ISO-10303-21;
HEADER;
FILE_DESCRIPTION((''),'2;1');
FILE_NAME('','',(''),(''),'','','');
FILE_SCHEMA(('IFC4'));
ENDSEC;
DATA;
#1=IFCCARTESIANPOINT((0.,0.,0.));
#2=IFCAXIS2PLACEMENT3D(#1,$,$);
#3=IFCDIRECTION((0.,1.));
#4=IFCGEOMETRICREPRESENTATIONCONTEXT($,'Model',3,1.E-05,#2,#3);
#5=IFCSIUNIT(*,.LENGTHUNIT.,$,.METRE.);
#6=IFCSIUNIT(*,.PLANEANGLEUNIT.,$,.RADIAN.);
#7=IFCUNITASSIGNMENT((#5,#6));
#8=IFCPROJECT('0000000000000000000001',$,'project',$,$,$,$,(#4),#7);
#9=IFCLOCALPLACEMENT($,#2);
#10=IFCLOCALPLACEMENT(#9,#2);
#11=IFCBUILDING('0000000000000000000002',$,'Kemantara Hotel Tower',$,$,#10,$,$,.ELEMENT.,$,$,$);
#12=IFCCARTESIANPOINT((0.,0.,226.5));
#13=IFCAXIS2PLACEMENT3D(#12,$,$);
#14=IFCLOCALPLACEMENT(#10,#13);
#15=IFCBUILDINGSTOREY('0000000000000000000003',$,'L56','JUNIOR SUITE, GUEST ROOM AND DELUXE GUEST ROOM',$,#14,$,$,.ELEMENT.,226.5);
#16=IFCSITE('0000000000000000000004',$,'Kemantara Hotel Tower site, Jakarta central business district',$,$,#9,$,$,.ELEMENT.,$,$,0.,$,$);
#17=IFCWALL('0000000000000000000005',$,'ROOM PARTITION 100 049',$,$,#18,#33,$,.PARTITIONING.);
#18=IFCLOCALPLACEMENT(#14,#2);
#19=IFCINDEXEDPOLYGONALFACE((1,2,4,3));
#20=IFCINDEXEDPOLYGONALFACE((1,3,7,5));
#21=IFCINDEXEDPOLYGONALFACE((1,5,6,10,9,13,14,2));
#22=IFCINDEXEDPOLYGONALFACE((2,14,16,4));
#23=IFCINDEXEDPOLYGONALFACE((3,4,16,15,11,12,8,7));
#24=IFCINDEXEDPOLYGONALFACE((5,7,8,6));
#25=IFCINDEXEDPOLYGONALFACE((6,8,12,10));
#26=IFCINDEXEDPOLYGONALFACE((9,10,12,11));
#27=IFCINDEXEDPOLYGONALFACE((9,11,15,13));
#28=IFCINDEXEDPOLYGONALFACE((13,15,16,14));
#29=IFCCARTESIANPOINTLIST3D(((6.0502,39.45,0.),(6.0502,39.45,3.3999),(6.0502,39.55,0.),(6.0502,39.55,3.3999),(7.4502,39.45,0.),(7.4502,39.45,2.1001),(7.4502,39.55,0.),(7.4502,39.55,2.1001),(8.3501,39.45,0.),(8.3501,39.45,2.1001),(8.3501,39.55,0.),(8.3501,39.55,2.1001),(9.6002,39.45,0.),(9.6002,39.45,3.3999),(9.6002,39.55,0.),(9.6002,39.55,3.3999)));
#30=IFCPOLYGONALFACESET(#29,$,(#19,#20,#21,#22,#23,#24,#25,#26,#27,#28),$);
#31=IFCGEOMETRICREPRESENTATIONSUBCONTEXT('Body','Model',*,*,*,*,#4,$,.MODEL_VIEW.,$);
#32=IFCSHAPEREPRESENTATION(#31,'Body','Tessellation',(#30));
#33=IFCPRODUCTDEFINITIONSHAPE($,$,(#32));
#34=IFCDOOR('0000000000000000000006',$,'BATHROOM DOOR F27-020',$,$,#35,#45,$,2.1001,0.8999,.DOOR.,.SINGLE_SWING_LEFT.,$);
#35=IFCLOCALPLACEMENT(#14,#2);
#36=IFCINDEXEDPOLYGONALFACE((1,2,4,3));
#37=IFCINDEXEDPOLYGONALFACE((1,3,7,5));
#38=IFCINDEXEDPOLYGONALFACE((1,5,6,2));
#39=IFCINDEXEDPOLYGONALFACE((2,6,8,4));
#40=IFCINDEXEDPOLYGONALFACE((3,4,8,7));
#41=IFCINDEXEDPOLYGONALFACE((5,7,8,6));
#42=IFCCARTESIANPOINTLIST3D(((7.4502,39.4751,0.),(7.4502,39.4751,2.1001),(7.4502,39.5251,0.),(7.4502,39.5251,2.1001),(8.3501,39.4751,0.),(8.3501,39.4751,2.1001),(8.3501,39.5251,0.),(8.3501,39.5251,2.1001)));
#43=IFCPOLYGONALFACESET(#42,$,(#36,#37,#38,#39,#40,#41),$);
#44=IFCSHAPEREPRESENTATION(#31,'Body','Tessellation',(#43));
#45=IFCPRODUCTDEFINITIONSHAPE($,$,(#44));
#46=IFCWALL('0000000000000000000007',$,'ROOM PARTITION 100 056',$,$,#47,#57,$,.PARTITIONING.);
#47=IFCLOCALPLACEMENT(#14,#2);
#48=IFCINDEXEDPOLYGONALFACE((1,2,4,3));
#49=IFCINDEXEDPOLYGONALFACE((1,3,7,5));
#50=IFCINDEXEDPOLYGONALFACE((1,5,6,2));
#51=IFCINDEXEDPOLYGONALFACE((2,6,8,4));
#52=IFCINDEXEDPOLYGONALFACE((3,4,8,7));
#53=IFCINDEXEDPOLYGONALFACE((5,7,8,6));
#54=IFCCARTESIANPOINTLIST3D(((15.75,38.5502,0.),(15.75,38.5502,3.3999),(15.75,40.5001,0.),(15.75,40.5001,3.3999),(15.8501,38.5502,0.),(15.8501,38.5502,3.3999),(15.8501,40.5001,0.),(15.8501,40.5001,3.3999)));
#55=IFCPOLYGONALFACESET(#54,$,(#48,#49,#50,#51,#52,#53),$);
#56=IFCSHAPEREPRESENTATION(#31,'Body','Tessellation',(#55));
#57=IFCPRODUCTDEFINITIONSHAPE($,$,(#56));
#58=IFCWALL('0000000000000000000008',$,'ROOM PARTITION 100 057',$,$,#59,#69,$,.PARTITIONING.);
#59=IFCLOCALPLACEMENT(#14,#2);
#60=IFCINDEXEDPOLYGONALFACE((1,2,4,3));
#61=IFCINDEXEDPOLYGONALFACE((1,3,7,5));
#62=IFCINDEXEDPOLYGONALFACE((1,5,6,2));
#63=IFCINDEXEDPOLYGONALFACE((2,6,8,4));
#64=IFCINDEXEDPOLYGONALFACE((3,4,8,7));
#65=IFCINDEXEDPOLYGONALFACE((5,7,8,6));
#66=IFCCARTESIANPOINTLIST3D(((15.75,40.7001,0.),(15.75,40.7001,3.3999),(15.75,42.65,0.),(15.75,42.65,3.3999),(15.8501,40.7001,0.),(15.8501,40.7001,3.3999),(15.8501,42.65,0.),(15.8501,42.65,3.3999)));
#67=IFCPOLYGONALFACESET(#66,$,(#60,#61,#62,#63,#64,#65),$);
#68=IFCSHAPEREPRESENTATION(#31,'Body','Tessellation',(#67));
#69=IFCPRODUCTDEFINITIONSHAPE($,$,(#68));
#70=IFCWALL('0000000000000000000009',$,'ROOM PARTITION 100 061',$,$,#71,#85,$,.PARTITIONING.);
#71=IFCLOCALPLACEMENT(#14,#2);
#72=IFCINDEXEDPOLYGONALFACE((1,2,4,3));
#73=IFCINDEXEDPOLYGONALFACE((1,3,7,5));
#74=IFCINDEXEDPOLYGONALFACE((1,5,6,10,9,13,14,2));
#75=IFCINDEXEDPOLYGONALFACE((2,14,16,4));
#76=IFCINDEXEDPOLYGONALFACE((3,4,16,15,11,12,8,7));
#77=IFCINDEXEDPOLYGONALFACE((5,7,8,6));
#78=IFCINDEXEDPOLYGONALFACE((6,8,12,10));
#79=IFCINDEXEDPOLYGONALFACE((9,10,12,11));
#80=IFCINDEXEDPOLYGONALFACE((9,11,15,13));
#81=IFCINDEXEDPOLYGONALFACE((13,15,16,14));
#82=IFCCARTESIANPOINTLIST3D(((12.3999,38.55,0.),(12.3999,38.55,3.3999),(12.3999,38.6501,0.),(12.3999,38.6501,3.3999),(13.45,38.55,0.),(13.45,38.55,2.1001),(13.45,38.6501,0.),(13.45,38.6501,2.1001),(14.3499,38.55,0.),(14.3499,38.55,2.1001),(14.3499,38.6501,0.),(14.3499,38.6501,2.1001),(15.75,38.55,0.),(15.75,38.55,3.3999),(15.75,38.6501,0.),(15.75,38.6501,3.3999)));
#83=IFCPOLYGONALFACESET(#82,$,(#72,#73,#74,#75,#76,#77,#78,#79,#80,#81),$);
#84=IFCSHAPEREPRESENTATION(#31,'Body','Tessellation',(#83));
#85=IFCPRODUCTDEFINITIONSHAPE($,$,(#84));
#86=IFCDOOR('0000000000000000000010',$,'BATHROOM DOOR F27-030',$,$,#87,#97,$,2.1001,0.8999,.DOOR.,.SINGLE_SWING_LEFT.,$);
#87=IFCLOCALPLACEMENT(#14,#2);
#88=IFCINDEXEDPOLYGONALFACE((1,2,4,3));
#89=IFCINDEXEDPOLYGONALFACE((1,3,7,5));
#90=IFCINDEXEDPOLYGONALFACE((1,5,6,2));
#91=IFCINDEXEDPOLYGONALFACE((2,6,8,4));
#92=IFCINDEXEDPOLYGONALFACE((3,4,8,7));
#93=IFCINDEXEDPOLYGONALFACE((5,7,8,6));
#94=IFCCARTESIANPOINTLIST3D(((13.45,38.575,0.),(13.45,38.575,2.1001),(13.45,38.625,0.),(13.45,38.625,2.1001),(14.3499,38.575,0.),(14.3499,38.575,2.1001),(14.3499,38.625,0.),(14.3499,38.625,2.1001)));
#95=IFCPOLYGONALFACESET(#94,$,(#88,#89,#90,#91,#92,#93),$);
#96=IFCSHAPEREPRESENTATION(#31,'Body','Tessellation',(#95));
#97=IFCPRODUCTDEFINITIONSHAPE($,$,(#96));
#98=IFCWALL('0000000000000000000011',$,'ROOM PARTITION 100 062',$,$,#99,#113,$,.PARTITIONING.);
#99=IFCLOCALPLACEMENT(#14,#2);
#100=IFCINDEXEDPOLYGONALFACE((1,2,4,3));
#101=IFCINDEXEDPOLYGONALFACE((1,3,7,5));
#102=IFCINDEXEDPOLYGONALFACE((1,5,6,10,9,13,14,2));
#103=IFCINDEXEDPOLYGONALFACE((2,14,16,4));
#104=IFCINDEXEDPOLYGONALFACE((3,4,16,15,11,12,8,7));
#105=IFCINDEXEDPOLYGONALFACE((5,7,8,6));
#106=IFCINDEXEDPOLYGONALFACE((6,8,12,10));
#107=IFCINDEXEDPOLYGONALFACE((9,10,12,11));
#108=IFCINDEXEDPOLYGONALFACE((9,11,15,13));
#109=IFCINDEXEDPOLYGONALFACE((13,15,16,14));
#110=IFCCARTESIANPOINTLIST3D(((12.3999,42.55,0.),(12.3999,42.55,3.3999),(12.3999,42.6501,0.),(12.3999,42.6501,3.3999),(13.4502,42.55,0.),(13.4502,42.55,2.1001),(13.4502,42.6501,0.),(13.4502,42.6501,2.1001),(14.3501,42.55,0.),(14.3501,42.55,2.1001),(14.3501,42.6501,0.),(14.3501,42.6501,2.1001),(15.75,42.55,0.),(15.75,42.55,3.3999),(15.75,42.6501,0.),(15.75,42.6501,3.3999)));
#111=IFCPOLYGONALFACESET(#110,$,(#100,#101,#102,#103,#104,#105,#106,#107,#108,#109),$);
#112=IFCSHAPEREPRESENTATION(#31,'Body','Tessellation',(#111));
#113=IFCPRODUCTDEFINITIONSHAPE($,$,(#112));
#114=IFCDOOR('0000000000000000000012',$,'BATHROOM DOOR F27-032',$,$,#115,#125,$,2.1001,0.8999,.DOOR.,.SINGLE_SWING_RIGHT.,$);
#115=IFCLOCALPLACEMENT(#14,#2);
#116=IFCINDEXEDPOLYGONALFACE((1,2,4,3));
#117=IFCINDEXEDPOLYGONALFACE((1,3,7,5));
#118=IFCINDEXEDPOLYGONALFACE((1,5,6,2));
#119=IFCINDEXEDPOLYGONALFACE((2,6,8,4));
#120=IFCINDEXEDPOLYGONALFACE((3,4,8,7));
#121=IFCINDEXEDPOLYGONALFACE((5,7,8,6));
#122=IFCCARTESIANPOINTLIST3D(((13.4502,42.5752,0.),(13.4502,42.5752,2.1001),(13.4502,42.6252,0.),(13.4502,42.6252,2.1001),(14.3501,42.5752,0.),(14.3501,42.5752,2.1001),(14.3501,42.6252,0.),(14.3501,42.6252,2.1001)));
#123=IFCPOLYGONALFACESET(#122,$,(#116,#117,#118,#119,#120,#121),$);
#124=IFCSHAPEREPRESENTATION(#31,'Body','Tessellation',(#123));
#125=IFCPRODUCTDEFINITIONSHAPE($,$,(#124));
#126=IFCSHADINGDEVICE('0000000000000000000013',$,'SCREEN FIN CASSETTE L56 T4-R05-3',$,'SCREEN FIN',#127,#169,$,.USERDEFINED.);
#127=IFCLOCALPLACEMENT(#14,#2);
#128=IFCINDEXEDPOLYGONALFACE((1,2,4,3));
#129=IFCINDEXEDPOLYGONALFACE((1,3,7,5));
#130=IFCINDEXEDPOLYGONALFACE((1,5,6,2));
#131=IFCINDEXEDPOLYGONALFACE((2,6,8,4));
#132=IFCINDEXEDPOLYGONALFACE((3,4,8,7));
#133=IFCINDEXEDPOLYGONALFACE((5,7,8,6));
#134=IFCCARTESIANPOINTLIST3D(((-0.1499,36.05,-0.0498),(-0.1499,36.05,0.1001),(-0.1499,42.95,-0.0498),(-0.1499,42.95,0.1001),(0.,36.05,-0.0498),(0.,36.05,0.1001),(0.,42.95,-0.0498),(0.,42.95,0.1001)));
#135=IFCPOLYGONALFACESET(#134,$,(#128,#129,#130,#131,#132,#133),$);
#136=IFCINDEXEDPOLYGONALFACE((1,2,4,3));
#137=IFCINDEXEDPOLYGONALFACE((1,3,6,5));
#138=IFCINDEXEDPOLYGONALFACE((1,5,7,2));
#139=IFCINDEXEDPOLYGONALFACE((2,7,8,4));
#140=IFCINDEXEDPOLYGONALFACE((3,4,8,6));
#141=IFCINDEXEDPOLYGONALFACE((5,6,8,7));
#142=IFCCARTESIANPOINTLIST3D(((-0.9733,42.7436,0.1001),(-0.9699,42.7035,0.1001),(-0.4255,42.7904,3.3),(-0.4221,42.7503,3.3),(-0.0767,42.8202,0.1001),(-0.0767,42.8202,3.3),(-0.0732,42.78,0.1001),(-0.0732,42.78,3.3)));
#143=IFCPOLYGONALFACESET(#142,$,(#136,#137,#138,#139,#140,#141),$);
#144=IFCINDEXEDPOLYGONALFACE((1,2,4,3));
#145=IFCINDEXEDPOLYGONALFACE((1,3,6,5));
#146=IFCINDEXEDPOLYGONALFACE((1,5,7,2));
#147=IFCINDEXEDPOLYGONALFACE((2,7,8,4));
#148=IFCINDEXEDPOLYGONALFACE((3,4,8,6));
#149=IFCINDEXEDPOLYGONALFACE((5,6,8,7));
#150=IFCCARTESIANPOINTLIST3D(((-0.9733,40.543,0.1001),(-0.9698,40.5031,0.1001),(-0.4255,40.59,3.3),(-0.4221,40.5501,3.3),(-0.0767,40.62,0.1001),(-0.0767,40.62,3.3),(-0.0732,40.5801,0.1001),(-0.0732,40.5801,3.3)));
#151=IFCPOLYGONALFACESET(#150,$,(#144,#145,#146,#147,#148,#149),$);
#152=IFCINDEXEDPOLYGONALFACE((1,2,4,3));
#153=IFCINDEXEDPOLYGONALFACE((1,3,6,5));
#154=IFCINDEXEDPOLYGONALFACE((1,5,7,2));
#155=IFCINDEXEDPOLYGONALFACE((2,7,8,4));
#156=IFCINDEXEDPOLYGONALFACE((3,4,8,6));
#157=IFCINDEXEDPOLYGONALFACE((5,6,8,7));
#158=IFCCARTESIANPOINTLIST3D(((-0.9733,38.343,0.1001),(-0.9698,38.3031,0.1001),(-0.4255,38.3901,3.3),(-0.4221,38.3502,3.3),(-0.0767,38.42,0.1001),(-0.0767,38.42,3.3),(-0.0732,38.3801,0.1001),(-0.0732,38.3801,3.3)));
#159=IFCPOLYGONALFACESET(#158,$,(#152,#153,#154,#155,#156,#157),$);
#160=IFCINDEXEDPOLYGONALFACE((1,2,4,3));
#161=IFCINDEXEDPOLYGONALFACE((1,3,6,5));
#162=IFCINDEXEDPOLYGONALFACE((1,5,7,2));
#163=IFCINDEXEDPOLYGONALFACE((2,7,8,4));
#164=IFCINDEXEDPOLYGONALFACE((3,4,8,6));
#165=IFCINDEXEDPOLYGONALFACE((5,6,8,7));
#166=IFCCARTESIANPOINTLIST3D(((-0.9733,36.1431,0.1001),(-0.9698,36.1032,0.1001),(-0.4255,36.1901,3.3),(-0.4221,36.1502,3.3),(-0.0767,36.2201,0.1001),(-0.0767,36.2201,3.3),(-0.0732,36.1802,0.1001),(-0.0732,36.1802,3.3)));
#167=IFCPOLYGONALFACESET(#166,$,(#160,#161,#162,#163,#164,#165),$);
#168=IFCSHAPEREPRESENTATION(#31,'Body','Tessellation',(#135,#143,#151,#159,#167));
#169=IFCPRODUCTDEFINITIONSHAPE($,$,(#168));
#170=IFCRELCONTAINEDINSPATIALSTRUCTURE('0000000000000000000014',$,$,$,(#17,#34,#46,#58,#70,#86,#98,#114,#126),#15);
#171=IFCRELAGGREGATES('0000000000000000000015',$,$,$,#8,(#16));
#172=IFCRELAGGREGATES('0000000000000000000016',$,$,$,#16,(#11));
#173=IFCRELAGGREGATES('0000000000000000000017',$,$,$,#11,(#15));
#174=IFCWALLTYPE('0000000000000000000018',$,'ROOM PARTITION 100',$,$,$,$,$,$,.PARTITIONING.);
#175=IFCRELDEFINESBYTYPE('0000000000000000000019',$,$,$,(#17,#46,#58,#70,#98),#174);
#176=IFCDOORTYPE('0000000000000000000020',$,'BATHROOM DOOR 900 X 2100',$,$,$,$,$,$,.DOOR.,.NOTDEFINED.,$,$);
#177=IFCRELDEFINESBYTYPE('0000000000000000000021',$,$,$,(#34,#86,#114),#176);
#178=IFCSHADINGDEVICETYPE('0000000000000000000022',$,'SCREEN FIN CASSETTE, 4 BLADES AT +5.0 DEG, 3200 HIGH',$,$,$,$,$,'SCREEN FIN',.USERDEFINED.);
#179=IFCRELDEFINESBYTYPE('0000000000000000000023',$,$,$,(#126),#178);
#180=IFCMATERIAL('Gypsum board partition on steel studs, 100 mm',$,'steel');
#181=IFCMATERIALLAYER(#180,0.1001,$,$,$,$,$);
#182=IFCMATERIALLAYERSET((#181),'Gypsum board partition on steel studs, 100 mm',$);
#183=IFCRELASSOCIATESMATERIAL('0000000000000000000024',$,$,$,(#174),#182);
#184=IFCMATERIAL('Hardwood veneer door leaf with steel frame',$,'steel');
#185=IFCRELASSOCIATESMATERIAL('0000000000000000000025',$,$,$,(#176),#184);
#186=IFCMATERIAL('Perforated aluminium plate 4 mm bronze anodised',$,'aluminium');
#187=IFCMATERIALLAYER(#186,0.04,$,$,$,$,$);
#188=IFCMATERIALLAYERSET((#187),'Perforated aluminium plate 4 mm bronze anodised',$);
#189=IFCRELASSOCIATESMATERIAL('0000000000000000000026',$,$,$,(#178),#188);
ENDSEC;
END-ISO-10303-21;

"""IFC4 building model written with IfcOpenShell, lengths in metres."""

from ifc_helpers import new_model, si_unit, direction, frame, frame_2d, origin, origin_2d, place, context, subcontext, project, spatial, polyline, rectangle, outline, extrude, source, transform, mapped, material, layer, layer_set, type_object, element, fill, save


model = new_model("IFC4")

# Units and contexts
model_context = context("Model", 3, precision=1e-05, world=origin(), true_north=direction((0.0, 1.0)))
body_context = subcontext(model_context, "Body", "Model", "MODEL_VIEW")
ifc_project = project(units=[si_unit("LENGTHUNIT", "METRE"), si_unit("PLANEANGLEUNIT", "RADIAN")], contexts=[model_context])

# Site, building, storey
site_placement = place(None, origin())
site = spatial("IfcSite", under=ifc_project, at=site_placement, Name="Kemantara Hotel Tower site, Jakarta central business district", CompositionType="ELEMENT", RefElevation=0.0)
building_placement = place(site_placement, origin())
building = spatial("IfcBuilding", under=site, at=building_placement, Name="Kemantara Hotel Tower", CompositionType="ELEMENT")
storey_placement = place(building_placement, frame((0.0, 0.0, 226.5)))
storey = spatial("IfcBuildingStorey", under=building, at=storey_placement, Name="L56", Description="JUNIOR SUITE, GUEST ROOM AND DELUXE GUEST ROOM", CompositionType="ELEMENT", Elevation=226.5)

# Shared definitions
ifc_material_1 = material(Name="Hardwood veneer door leaf with steel frame", Category="steel")

# Shared definitions
ifc_material_2 = material(Name="Gypsum board partition on steel studs, 100 mm", Category="steel")
ifc_layer_1 = layer(ifc_material_2, 0.1001)
ifc_layer_set_1 = layer_set([ifc_layer_1], Name="Gypsum board partition on steel studs, 100 mm")
wall_type_1 = type_object("IfcWallType", Name="ROOM PARTITION 100", PredefinedType="PARTITIONING", material=ifc_layer_set_1)

# Wall, opening, door
wall_1_placement = place(storey_placement, frame((9.6001, 39.5, 0.0), z_axis=(0.0, 0.0, 1.0), x_axis=(-1.0, 0.0, 0.0)))
wall_1 = element("IfcWall", 1, at=wall_1_placement, inside=storey, type_object=wall_type_1, Name="ROOM PARTITION 100 049", PredefinedType="PARTITIONING", context=body_context, shape_type="SweptSolid", body=[
    extrude(rectangle(XDim=3.55, YDim=0.1001, at=frame_2d((1.7749, 0.0))), origin(), (0.0, 0.0, 1.0), 3.3999),
])
opening_1_placement = place(wall_1_placement, frame((1.25, 0.0, 0.0)))
opening_1 = element("IfcOpeningElement", 2, at=opening_1_placement, cuts=wall_1, PredefinedType="OPENING", context=body_context, shape_type="SweptSolid", body=[
    extrude(rectangle(XDim=0.8999, YDim=2.1001, at=frame_2d((0.45, 1.05))), frame((0.0, 0.0601, 0.0), z_axis=(0.0, -1.0, 0.0), x_axis=(1.0, 0.0, 0.0)), (0.0, 0.0, 1.0), 0.1201),
])
door_type_1 = type_object("IfcDoorType", Name="BATHROOM DOOR 900 X 2100", OperationType="NOTDEFINED", PredefinedType="DOOR", material=ifc_material_1)
door_1_placement = place(opening_1_placement, origin())
door_1 = element("IfcDoor", 3, at=door_1_placement, inside=storey, type_object=door_type_1, Name="BATHROOM DOOR F27-020", OperationType="SINGLE_SWING_LEFT", OverallHeight=2.1001, OverallWidth=0.8999, PredefinedType="DOOR", context=body_context, shape_type="SweptSolid", body=[
    extrude(rectangle(XDim=0.8999, YDim=2.1001, at=frame_2d((0.45, 1.05))), frame((0.0, 0.0249, 0.0), z_axis=(0.0, -1.0, 0.0), x_axis=(1.0, 0.0, 0.0)), (0.0, 0.0, 1.0), 0.05),
])
fill(opening_1, door_1)

# Walls
for number, where, z_axis, x_axis, name in (
    (4, (15.8, 38.55, 0.0), (0.0, 0.0, 1.0), (0.0, 1.0, 0.0), "ROOM PARTITION 100 056"),
    (5, (15.8, 40.7, 0.0), (0.0, 0.0, 1.0), (0.0, 1.0, 0.0), "ROOM PARTITION 100 057"),
):
    element("IfcWall", number, at=place(storey_placement, frame(where, z_axis=z_axis, x_axis=x_axis)), inside=storey, type_object=wall_type_1, Name=name, PredefinedType="PARTITIONING", context=body_context, shape_type="SweptSolid", body=[
        extrude(rectangle(XDim=1.95, YDim=0.1001, at=frame_2d((0.9751, 0.0))), origin(), (0.0, 0.0, 1.0), 3.3999),
    ])

# Walls, openings, doors
wall_2_placement = place(storey_placement, frame((12.3999, 38.6001, 0.0), z_axis=(0.0, 0.0, 1.0), x_axis=(1.0, 0.0, 0.0)))
wall_2 = element("IfcWall", 6, at=wall_2_placement, inside=storey, type_object=wall_type_1, Name="ROOM PARTITION 100 061", PredefinedType="PARTITIONING", context=body_context, shape_type="SweptSolid", body=[
    extrude(rectangle(XDim=3.3501, YDim=0.1001, at=frame_2d((1.675, 0.0))), origin(), (0.0, 0.0, 1.0), 3.3999),
])
opening_2_placement = place(wall_2_placement, frame((1.05, 0.0, 0.0)))
opening_2 = element("IfcOpeningElement", 7, at=opening_2_placement, cuts=wall_2, PredefinedType="OPENING", context=body_context, shape_type="SweptSolid", body=[
    extrude(rectangle(XDim=0.8999, YDim=2.1001, at=frame_2d((0.45, 1.05))), frame((0.0, 0.0601, 0.0), z_axis=(0.0, -1.0, 0.0), x_axis=(1.0, 0.0, 0.0)), (0.0, 0.0, 1.0), 0.1201),
])
door_2_placement = place(opening_2_placement, origin())
door_2 = element("IfcDoor", 8, at=door_2_placement, inside=storey, type_object=door_type_1, Name="BATHROOM DOOR F27-030", OperationType="SINGLE_SWING_LEFT", OverallHeight=2.1001, OverallWidth=0.8999, PredefinedType="DOOR", context=body_context, shape_type="SweptSolid", body=[
    extrude(rectangle(XDim=0.8999, YDim=2.1001, at=frame_2d((0.45, 1.05))), frame((0.0, 0.0249, 0.0), z_axis=(0.0, -1.0, 0.0), x_axis=(1.0, 0.0, 0.0)), (0.0, 0.0, 1.0), 0.05),
])
fill(opening_2, door_2)
wall_3_placement = place(storey_placement, frame((15.75, 42.6001, 0.0), z_axis=(0.0, 0.0, 1.0), x_axis=(-1.0, 0.0, 0.0)))
wall_3 = element("IfcWall", 9, at=wall_3_placement, inside=storey, type_object=wall_type_1, Name="ROOM PARTITION 100 062", PredefinedType="PARTITIONING", context=body_context, shape_type="SweptSolid", body=[
    extrude(rectangle(XDim=3.3501, YDim=0.1001, at=frame_2d((1.675, 0.0))), origin(), (0.0, 0.0, 1.0), 3.3999),
])
opening_3_placement = place(wall_3_placement, frame((1.3999, 0.0, 0.0)))
opening_3 = element("IfcOpeningElement", 10, at=opening_3_placement, cuts=wall_3, PredefinedType="OPENING", context=body_context, shape_type="SweptSolid", body=[
    extrude(rectangle(XDim=0.8999, YDim=2.1001, at=frame_2d((0.45, 1.05))), frame((0.0, 0.0601, 0.0), z_axis=(0.0, -1.0, 0.0), x_axis=(1.0, 0.0, 0.0)), (0.0, 0.0, 1.0), 0.1201),
])
door_3_placement = place(opening_3_placement, origin())
door_3 = element("IfcDoor", 11, at=door_3_placement, inside=storey, type_object=door_type_1, Name="BATHROOM DOOR F27-032", OperationType="SINGLE_SWING_RIGHT", OverallHeight=2.1001, OverallWidth=0.8999, PredefinedType="DOOR", context=body_context, shape_type="SweptSolid", body=[
    extrude(rectangle(XDim=0.8999, YDim=2.1001, at=frame_2d((0.45, 1.05))), frame((0.0, 0.0249, 0.0), z_axis=(0.0, -1.0, 0.0), x_axis=(1.0, 0.0, 0.0)), (0.0, 0.0, 1.0), 0.05),
])
fill(opening_3, door_3)

# Shading device
ifc_material_3 = material(Name="Perforated aluminium plate 4 mm bronze anodised", Category="aluminium")
ifc_layer_2 = layer(ifc_material_3, 0.04)
ifc_layer_set_2 = layer_set([ifc_layer_2], Name="Perforated aluminium plate 4 mm bronze anodised")
shading_device_type = type_object("IfcShadingDeviceType", Name="SCREEN FIN CASSETTE, 4 BLADES AT +5.0 DEG, 3200 HIGH", ElementType="SCREEN FIN", PredefinedType="USERDEFINED", material=ifc_layer_set_2)
shared_shape = source(origin(), body_context, "Body", "SweptSolid", [
    extrude(rectangle(XDim=6.8999, YDim=0.1499, at=origin_2d()), frame((3.3, -0.075, -0.1499), z_axis=(0.0, 0.0, 1.0), x_axis=(1.0, 0.0, 0.0)), (0.0, 0.0, 1.0), 0.1499),
    extrude(outline(polyline([(0.0, 0.0), (0.8999, 0.0), (0.3501, 3.2), (0.0, 3.2), (0.0, 0.0)])), frame((0.02, -0.0732, 0.0), z_axis=(-0.996376, -0.085056, 0.0), x_axis=(0.085056, -0.996376, 0.0)), (0.0, 0.0, 1.0), 0.0403),
    extrude(outline(polyline([(0.0, 0.0), (0.8999, 0.0), (0.3501, 3.2), (0.0, 3.2), (0.0, 0.0)])), frame((2.22, -0.0732, 0.0), z_axis=(-0.996332, -0.085575, 0.0), x_axis=(0.085575, -0.996332, 0.0)), (0.0, 0.0, 1.0), 0.04),
    extrude(outline(polyline([(0.0, 0.0), (0.8999, 0.0), (0.3501, 3.2), (0.0, 3.2), (0.0, 0.0)])), frame((4.4199, -0.0732, 0.0), z_axis=(-0.996332, -0.085575, 0.0), x_axis=(0.085575, -0.996332, 0.0)), (0.0, 0.0, 1.0), 0.04),
    extrude(outline(polyline([(0.0, 0.0), (0.8999, 0.0), (0.3501, 3.2), (0.0, 3.2), (0.0, 0.0)])), frame((6.6199, -0.0732, 0.0), z_axis=(-0.996332, -0.085575, 0.0), x_axis=(0.085575, -0.996332, 0.0)), (0.0, 0.0, 1.0), 0.04),
])
shading_device_placement = place(storey_placement, frame((0.0, 42.8, 0.1001), z_axis=(0.0, 0.0, 1.0), x_axis=(0.0, -1.0, 0.0)))
element("IfcShadingDevice", 12, at=shading_device_placement, inside=storey, type_object=shading_device_type, Name="SCREEN FIN CASSETTE L56 T4-R05-3", ObjectType="SCREEN FIN", PredefinedType="USERDEFINED", context=body_context, shape_type="MappedRepresentation", body=[
    mapped(shared_shape, transform((0.0, 0.0, 0.0))),
])

save(model, "model.ifc")
